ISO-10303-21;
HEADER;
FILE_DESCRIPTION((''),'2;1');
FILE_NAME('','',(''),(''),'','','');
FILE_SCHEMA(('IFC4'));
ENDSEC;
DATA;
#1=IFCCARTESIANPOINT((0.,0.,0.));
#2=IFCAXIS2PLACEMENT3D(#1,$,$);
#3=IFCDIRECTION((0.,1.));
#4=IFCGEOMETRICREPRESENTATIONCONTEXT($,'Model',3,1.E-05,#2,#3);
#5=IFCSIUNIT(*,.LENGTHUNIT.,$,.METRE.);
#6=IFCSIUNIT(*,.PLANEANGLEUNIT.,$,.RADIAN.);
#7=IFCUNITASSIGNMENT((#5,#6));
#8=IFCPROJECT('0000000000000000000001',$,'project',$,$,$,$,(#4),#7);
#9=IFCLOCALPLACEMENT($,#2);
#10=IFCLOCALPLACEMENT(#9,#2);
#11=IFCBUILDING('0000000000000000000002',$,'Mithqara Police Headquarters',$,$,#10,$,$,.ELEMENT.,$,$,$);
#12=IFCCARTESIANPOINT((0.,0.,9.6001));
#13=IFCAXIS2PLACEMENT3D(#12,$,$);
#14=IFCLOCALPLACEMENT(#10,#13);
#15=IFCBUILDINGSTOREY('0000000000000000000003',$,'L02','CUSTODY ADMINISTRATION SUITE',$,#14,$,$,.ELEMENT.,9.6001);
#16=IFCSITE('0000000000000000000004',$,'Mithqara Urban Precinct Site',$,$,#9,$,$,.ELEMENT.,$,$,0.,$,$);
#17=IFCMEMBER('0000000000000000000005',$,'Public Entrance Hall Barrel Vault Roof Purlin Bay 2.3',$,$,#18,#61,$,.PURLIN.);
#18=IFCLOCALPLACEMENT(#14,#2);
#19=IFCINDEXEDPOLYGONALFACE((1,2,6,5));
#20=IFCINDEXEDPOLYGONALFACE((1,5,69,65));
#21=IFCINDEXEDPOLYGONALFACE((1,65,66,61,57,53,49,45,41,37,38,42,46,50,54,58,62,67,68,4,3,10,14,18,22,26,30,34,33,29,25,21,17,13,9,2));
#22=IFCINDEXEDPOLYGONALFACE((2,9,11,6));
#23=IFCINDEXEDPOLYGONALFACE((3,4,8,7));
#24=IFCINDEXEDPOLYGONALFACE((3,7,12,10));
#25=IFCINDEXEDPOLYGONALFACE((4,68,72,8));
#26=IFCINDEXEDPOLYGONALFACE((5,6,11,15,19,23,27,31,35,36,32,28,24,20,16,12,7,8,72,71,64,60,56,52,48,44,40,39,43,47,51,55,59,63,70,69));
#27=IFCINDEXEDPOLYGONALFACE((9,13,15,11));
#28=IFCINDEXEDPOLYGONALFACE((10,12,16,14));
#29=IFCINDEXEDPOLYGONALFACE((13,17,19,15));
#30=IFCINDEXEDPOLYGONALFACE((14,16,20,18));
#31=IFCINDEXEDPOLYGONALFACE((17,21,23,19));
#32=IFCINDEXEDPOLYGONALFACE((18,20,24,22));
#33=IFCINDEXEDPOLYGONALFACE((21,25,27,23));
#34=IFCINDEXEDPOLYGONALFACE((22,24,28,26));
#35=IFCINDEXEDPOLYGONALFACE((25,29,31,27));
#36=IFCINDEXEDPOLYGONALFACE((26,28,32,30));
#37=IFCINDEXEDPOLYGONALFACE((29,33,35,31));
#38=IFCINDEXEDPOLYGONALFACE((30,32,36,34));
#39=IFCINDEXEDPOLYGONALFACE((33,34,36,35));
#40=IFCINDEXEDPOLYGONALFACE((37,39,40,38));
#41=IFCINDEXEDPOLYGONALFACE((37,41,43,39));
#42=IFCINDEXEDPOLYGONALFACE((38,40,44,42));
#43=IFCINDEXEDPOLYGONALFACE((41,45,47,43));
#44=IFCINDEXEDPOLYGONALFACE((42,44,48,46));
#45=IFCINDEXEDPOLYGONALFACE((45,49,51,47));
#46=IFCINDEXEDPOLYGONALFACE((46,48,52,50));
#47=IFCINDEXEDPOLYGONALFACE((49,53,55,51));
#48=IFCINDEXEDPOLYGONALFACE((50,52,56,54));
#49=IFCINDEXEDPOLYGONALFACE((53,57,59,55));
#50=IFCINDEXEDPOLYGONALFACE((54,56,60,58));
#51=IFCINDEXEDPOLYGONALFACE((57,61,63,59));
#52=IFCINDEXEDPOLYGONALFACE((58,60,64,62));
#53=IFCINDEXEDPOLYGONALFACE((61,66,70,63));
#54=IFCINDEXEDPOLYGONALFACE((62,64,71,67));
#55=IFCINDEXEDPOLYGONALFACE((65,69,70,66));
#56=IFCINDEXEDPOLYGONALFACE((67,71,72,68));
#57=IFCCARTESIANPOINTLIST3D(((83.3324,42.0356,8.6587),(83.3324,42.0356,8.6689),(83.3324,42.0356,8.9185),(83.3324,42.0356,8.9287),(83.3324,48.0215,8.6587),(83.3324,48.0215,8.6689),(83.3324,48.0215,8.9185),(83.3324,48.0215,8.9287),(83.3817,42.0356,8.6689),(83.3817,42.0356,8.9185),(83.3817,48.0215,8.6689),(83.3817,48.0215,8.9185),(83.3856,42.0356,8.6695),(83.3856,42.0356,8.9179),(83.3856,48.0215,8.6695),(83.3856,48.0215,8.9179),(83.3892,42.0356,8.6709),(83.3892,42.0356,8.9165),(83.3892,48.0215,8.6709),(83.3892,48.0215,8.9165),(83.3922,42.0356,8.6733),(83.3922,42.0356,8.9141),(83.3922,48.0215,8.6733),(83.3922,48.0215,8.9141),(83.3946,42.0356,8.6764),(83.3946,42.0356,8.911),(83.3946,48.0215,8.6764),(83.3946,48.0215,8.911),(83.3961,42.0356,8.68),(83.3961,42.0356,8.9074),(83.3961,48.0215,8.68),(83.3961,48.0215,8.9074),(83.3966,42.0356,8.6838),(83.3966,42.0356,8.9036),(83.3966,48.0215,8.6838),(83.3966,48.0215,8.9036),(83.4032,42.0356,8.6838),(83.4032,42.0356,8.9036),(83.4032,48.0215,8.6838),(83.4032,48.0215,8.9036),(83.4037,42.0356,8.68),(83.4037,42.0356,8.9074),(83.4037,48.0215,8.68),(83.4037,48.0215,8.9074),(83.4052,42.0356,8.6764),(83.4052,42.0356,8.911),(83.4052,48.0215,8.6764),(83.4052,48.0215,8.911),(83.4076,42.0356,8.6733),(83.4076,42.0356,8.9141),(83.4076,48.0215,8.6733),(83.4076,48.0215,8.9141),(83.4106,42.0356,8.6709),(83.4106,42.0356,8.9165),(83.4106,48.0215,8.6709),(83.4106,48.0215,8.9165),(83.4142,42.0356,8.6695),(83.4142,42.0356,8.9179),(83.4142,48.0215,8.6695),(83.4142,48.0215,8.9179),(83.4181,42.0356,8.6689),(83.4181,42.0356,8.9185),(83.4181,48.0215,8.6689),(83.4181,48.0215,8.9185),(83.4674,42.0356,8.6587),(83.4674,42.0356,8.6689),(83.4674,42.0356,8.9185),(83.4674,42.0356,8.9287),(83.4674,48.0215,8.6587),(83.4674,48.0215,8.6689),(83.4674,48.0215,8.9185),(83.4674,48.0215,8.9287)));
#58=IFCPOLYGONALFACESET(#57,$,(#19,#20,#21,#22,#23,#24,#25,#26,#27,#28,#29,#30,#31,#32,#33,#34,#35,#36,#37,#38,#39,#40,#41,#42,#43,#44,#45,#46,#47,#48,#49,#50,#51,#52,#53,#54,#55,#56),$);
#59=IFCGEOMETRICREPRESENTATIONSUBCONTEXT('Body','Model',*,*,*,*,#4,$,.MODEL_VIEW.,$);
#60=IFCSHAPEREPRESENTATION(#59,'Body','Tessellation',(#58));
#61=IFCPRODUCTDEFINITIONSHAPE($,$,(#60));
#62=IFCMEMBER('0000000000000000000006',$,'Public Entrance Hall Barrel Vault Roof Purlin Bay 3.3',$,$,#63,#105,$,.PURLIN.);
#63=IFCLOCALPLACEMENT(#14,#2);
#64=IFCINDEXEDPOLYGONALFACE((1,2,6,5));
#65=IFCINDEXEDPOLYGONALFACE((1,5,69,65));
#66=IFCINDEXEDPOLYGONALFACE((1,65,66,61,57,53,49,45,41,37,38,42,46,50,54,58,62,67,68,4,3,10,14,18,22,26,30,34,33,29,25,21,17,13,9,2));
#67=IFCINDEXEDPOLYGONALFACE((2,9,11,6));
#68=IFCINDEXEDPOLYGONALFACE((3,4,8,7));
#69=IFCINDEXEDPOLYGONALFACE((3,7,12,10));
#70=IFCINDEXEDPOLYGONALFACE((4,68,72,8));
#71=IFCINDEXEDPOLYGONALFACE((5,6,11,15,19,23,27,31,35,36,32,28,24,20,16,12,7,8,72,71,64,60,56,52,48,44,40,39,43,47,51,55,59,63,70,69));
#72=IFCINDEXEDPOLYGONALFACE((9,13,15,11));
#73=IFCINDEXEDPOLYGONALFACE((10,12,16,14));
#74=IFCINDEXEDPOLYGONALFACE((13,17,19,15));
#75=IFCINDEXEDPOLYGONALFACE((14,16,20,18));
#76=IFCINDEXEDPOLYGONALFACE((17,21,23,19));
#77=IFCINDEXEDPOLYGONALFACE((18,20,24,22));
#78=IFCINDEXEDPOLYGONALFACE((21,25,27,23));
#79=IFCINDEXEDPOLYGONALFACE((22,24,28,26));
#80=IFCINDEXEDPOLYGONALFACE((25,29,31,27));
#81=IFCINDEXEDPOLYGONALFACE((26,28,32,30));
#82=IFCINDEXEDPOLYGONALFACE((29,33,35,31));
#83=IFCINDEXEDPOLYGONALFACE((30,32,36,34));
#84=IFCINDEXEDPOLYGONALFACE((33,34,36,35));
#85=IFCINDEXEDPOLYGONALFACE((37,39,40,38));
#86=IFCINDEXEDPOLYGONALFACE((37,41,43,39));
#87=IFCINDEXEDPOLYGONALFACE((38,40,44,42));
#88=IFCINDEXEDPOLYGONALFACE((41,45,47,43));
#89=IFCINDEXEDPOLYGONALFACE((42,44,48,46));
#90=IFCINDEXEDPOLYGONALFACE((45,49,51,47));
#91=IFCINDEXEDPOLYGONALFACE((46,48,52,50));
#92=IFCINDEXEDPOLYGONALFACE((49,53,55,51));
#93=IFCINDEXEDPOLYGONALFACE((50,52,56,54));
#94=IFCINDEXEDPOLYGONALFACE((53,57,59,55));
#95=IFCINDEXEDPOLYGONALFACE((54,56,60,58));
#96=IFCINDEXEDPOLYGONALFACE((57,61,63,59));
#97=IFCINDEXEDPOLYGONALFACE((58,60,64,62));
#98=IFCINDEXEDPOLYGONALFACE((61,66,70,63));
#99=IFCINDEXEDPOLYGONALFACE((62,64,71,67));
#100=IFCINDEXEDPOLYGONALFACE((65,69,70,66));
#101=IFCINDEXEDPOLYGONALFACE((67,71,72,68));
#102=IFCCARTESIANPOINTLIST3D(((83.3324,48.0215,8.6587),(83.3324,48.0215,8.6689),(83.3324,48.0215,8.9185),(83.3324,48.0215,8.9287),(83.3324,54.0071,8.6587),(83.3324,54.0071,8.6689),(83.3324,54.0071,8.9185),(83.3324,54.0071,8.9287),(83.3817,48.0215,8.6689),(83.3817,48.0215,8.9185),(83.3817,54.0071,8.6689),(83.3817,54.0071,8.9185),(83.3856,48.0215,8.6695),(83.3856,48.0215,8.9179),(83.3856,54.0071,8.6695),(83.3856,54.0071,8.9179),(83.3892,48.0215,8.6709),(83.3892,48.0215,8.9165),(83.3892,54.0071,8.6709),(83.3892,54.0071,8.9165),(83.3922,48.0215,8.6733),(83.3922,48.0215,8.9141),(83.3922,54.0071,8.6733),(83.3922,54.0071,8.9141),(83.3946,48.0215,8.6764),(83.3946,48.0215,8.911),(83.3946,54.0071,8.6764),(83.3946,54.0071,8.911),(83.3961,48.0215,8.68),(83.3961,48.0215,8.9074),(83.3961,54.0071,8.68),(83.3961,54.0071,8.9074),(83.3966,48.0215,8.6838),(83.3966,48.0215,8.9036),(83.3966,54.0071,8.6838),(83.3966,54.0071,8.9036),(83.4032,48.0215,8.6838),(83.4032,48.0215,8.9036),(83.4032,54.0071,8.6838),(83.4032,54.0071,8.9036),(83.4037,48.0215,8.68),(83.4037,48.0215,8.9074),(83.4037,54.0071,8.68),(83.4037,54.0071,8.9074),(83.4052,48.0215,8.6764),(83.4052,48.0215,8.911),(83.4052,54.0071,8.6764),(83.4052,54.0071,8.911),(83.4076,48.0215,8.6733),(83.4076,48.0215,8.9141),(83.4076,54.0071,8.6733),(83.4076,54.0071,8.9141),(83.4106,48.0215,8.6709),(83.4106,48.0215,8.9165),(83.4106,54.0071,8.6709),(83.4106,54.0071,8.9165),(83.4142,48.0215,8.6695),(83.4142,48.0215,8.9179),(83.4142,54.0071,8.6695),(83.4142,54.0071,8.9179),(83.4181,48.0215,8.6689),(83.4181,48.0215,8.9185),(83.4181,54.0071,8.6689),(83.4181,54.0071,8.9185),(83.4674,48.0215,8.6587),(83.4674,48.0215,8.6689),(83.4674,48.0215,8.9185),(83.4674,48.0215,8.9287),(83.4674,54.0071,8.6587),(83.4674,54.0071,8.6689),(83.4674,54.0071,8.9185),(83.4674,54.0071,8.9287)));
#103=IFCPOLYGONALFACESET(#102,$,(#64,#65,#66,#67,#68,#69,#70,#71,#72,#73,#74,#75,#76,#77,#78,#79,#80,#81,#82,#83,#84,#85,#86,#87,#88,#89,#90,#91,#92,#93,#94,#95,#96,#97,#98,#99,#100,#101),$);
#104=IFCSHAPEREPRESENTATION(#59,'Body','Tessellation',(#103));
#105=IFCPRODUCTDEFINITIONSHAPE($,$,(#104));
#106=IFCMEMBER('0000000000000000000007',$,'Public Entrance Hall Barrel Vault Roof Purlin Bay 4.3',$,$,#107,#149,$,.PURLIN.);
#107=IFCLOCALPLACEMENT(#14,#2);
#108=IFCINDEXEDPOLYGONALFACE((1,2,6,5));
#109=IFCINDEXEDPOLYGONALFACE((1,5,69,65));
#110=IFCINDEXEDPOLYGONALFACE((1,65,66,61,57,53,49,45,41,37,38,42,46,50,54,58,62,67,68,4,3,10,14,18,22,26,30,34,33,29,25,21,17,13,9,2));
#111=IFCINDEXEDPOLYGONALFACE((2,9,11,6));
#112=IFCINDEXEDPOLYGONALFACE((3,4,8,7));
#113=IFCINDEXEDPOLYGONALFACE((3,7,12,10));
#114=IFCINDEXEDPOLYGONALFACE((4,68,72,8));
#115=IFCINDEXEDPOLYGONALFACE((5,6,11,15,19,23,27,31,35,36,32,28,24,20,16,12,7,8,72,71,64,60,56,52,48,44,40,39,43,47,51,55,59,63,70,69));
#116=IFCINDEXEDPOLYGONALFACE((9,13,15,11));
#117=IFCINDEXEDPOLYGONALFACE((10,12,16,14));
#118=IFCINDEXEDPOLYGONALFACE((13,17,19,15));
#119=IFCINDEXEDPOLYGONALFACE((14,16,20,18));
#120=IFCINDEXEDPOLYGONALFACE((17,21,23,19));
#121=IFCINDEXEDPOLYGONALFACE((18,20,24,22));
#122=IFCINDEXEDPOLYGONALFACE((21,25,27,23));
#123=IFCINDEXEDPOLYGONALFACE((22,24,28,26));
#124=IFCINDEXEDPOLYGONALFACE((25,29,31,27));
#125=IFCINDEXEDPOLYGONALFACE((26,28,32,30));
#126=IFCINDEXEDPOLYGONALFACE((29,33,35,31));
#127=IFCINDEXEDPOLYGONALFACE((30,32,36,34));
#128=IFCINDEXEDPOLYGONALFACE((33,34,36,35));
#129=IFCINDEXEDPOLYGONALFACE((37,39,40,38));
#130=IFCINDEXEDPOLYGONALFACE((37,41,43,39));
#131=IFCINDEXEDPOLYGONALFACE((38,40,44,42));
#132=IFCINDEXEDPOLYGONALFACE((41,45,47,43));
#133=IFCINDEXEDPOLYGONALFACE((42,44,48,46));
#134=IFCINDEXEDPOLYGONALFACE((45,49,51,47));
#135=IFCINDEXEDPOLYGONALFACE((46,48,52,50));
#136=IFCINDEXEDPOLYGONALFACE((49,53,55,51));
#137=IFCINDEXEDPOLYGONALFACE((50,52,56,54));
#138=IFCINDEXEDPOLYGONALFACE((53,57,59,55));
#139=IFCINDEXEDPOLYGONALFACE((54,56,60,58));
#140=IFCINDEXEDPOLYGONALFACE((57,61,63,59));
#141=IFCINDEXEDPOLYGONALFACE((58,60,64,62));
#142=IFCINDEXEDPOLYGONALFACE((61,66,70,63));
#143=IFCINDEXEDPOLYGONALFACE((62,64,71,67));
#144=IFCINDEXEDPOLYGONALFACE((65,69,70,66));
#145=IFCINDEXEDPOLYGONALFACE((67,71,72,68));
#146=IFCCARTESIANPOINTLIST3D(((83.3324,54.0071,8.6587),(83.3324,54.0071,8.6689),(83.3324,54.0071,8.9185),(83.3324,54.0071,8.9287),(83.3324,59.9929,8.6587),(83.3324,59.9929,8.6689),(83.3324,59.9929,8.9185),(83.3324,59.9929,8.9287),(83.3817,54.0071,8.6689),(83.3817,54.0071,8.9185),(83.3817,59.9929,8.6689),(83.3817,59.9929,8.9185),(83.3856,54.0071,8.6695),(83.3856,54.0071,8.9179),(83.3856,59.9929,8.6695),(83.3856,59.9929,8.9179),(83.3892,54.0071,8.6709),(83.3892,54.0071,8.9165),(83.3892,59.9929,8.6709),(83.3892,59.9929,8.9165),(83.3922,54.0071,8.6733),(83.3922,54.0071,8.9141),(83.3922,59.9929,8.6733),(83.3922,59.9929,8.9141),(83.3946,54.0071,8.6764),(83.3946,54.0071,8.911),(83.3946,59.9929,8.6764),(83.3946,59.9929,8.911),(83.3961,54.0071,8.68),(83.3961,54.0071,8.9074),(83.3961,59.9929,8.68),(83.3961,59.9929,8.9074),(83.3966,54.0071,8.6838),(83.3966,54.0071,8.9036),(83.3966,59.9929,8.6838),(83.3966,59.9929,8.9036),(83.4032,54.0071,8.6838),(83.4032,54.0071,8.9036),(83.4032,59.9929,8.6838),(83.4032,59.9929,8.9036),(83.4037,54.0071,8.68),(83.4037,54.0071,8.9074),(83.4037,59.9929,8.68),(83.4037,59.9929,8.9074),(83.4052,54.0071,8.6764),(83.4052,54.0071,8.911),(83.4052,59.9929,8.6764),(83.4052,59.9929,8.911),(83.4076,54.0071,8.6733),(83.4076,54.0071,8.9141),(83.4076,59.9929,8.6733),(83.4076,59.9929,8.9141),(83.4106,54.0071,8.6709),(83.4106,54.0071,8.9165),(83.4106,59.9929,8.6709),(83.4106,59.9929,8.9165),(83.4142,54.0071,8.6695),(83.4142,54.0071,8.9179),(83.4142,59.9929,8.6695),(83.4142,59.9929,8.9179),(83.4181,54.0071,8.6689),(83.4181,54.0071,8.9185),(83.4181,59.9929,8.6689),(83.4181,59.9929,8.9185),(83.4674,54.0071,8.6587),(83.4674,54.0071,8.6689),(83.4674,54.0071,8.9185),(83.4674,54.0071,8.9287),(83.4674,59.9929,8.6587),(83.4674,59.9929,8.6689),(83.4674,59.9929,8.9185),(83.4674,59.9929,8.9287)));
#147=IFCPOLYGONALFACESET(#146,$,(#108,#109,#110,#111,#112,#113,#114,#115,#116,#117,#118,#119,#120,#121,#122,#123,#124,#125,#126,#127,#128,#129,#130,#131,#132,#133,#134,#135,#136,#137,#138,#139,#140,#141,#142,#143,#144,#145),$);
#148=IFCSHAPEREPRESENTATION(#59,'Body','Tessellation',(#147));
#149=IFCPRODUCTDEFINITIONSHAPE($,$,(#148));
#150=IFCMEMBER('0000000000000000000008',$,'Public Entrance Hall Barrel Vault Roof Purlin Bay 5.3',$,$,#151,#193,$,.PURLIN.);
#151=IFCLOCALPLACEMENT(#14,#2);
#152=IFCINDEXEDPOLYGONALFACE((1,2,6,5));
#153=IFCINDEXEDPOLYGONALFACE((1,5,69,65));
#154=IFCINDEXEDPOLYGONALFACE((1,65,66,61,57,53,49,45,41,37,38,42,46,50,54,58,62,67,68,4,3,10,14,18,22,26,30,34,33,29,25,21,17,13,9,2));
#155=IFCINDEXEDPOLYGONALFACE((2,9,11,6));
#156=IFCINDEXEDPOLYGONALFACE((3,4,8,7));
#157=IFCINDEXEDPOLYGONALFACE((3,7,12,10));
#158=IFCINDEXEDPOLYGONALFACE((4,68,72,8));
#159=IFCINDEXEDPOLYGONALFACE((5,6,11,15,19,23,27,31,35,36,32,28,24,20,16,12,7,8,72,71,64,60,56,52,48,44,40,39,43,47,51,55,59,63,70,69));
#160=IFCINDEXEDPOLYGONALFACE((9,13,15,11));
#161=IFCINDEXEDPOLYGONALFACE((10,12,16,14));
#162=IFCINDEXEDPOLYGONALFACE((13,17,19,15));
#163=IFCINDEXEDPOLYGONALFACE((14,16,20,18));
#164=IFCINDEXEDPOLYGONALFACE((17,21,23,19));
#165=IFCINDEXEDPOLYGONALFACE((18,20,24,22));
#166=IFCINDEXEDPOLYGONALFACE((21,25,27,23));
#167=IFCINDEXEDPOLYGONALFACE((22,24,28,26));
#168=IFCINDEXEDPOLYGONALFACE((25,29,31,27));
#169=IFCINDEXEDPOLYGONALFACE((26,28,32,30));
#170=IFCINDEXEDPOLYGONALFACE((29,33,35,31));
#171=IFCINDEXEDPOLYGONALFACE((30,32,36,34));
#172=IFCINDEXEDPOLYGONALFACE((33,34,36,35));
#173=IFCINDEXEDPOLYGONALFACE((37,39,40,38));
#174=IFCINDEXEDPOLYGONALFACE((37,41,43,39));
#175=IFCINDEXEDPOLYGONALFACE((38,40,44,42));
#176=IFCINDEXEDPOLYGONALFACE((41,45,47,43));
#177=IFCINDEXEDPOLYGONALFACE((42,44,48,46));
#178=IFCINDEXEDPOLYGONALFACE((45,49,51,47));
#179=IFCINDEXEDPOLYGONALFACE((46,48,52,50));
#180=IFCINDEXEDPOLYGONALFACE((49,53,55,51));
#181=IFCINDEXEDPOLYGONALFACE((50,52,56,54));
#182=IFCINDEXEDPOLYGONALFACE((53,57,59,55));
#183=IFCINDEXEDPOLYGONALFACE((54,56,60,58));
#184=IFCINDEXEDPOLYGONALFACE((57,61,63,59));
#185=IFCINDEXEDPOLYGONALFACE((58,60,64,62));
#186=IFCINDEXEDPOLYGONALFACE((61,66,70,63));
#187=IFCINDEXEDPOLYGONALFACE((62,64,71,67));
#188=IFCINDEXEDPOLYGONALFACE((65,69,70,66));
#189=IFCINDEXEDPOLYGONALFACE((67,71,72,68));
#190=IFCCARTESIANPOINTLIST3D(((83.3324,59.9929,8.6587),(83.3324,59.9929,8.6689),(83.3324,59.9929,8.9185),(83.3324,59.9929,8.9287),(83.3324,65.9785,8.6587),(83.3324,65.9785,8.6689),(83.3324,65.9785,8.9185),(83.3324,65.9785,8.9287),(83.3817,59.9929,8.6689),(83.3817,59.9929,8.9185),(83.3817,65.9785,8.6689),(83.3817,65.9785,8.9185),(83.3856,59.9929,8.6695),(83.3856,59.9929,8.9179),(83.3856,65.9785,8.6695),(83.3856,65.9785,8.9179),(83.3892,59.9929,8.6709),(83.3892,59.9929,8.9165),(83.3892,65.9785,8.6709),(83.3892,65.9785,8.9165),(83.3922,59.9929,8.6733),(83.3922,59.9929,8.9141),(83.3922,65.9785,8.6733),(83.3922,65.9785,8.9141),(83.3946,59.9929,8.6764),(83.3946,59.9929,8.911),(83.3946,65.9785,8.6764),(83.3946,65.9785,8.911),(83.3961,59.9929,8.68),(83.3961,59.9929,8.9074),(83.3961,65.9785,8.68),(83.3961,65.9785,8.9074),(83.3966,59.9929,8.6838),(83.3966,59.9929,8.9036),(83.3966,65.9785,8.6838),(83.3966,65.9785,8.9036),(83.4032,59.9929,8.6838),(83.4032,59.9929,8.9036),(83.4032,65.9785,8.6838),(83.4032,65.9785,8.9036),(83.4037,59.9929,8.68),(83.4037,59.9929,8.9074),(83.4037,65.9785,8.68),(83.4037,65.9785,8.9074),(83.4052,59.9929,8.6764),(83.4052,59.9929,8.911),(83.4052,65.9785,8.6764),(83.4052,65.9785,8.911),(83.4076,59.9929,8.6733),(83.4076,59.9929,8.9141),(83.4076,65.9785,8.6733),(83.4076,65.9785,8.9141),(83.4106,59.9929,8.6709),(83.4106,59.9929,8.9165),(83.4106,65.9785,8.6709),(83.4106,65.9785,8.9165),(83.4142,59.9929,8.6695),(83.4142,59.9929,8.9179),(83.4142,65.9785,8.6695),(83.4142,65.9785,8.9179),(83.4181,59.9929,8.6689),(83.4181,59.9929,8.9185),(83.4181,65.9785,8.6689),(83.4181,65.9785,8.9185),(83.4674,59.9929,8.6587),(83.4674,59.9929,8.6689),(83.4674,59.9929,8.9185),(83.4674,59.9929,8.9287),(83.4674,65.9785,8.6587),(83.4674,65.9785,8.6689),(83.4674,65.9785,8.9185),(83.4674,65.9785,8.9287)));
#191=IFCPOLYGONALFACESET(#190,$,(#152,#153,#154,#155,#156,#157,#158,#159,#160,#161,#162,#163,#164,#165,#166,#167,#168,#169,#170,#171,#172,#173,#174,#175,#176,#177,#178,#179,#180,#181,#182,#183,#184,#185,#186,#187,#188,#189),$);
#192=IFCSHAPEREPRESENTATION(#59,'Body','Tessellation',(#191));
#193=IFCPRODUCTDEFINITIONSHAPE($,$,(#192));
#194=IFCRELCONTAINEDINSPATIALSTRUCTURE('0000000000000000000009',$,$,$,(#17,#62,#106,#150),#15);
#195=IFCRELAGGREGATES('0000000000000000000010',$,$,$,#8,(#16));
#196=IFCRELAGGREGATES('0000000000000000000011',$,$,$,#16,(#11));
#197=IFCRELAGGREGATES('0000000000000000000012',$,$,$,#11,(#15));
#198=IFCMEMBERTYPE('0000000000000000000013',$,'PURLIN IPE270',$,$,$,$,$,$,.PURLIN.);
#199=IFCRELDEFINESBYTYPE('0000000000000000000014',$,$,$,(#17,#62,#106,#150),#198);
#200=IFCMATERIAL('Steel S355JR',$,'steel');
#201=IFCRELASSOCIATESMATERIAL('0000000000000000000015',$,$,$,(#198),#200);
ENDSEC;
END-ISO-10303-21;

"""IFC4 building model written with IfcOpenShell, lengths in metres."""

from ifc_helpers import new_model, si_unit, direction, frame, origin, origin_2d, place, context, subcontext, project, spatial, i_section, extrude, material, material_profile, profile_set, type_object, element, save


model = new_model("IFC4")

# Units and contexts
model_context = context("Model", 3, precision=1e-05, world=origin(), true_north=direction((0.0, 1.0)))
body_context = subcontext(model_context, "Body", "Model", "MODEL_VIEW")
ifc_project = project(units=[si_unit("LENGTHUNIT", "METRE"), si_unit("PLANEANGLEUNIT", "RADIAN")], contexts=[model_context])

# Site, building, storey
site_placement = place(None, origin())
site = spatial("IfcSite", under=ifc_project, at=site_placement, Name="Mithqara Urban Precinct Site", CompositionType="ELEMENT", RefElevation=0.0)
building_placement = place(site_placement, origin())
building = spatial("IfcBuilding", under=site, at=building_placement, Name="Mithqara Police Headquarters", CompositionType="ELEMENT")
storey_placement = place(building_placement, frame((0.0, 0.0, 9.6001)))
storey = spatial("IfcBuildingStorey", under=building, at=storey_placement, Name="L02", Description="CUSTODY ADMINISTRATION SUITE", CompositionType="ELEMENT", Elevation=9.6001)

# Members
ifc_material_1 = material(Name="Steel S355JR", Category="steel")
ifc_material_profile_1 = material_profile(ifc_material_1, i_section(OverallWidth=0.135, OverallDepth=0.27, WebThickness=0.0066, FlangeThickness=0.0103, FilletRadius=0.0149, at=origin_2d()), Name="IPE 270")
ifc_profile_set_1 = profile_set([ifc_material_profile_1], Name="Steel S355JR")
member_type_1 = type_object("IfcMemberType", Name="PURLIN IPE270", PredefinedType="PURLIN", material=ifc_profile_set_1)
member_1_placement = place(storey_placement, frame((83.3999, 42.0356, 8.7937), z_axis=(0.0, 1.0, 0.0), x_axis=(-1.0, 0.0, 0.0)))
element("IfcMember", 1, at=member_1_placement, inside=storey, type_object=member_type_1, Name="Public Entrance Hall Barrel Vault Roof Purlin Bay 2.3", PredefinedType="PURLIN", context=body_context, shape_type="SweptSolid", body=[
    extrude(i_section(OverallWidth=0.135, OverallDepth=0.27, WebThickness=0.0066, FlangeThickness=0.0103, FilletRadius=0.0149, at=origin_2d()), origin(), (0.0, 0.0, 1.0), 5.9858),
])
member_2_placement = place(storey_placement, frame((83.3999, 48.0215, 8.7937), z_axis=(0.0, 1.0, 0.0), x_axis=(-1.0, 0.0, 0.0)))
element("IfcMember", 2, at=member_2_placement, inside=storey, type_object=member_type_1, Name="Public Entrance Hall Barrel Vault Roof Purlin Bay 3.3", PredefinedType="PURLIN", context=body_context, shape_type="SweptSolid", body=[
    extrude(i_section(OverallWidth=0.135, OverallDepth=0.27, WebThickness=0.0066, FlangeThickness=0.0103, FilletRadius=0.0149, at=origin_2d()), origin(), (0.0, 0.0, 1.0), 5.9856),
])
member_3_placement = place(storey_placement, frame((83.3999, 54.0071, 8.7937), z_axis=(0.0, 1.0, 0.0), x_axis=(-1.0, 0.0, 0.0)))
element("IfcMember", 3, at=member_3_placement, inside=storey, type_object=member_type_1, Name="Public Entrance Hall Barrel Vault Roof Purlin Bay 4.3", PredefinedType="PURLIN", context=body_context, shape_type="SweptSolid", body=[
    extrude(i_section(OverallWidth=0.135, OverallDepth=0.27, WebThickness=0.0066, FlangeThickness=0.0103, FilletRadius=0.0149, at=origin_2d()), origin(), (0.0, 0.0, 1.0), 5.9858),
])
member_4_placement = place(storey_placement, frame((83.3999, 59.9929, 8.7937), z_axis=(0.0, 1.0, 0.0), x_axis=(-1.0, 0.0, 0.0)))
element("IfcMember", 4, at=member_4_placement, inside=storey, type_object=member_type_1, Name="Public Entrance Hall Barrel Vault Roof Purlin Bay 5.3", PredefinedType="PURLIN", context=body_context, shape_type="SweptSolid", body=[
    extrude(i_section(OverallWidth=0.135, OverallDepth=0.27, WebThickness=0.0066, FlangeThickness=0.0103, FilletRadius=0.0149, at=origin_2d()), origin(), (0.0, 0.0, 1.0), 5.9856),
])

save(model, "model.ifc")
